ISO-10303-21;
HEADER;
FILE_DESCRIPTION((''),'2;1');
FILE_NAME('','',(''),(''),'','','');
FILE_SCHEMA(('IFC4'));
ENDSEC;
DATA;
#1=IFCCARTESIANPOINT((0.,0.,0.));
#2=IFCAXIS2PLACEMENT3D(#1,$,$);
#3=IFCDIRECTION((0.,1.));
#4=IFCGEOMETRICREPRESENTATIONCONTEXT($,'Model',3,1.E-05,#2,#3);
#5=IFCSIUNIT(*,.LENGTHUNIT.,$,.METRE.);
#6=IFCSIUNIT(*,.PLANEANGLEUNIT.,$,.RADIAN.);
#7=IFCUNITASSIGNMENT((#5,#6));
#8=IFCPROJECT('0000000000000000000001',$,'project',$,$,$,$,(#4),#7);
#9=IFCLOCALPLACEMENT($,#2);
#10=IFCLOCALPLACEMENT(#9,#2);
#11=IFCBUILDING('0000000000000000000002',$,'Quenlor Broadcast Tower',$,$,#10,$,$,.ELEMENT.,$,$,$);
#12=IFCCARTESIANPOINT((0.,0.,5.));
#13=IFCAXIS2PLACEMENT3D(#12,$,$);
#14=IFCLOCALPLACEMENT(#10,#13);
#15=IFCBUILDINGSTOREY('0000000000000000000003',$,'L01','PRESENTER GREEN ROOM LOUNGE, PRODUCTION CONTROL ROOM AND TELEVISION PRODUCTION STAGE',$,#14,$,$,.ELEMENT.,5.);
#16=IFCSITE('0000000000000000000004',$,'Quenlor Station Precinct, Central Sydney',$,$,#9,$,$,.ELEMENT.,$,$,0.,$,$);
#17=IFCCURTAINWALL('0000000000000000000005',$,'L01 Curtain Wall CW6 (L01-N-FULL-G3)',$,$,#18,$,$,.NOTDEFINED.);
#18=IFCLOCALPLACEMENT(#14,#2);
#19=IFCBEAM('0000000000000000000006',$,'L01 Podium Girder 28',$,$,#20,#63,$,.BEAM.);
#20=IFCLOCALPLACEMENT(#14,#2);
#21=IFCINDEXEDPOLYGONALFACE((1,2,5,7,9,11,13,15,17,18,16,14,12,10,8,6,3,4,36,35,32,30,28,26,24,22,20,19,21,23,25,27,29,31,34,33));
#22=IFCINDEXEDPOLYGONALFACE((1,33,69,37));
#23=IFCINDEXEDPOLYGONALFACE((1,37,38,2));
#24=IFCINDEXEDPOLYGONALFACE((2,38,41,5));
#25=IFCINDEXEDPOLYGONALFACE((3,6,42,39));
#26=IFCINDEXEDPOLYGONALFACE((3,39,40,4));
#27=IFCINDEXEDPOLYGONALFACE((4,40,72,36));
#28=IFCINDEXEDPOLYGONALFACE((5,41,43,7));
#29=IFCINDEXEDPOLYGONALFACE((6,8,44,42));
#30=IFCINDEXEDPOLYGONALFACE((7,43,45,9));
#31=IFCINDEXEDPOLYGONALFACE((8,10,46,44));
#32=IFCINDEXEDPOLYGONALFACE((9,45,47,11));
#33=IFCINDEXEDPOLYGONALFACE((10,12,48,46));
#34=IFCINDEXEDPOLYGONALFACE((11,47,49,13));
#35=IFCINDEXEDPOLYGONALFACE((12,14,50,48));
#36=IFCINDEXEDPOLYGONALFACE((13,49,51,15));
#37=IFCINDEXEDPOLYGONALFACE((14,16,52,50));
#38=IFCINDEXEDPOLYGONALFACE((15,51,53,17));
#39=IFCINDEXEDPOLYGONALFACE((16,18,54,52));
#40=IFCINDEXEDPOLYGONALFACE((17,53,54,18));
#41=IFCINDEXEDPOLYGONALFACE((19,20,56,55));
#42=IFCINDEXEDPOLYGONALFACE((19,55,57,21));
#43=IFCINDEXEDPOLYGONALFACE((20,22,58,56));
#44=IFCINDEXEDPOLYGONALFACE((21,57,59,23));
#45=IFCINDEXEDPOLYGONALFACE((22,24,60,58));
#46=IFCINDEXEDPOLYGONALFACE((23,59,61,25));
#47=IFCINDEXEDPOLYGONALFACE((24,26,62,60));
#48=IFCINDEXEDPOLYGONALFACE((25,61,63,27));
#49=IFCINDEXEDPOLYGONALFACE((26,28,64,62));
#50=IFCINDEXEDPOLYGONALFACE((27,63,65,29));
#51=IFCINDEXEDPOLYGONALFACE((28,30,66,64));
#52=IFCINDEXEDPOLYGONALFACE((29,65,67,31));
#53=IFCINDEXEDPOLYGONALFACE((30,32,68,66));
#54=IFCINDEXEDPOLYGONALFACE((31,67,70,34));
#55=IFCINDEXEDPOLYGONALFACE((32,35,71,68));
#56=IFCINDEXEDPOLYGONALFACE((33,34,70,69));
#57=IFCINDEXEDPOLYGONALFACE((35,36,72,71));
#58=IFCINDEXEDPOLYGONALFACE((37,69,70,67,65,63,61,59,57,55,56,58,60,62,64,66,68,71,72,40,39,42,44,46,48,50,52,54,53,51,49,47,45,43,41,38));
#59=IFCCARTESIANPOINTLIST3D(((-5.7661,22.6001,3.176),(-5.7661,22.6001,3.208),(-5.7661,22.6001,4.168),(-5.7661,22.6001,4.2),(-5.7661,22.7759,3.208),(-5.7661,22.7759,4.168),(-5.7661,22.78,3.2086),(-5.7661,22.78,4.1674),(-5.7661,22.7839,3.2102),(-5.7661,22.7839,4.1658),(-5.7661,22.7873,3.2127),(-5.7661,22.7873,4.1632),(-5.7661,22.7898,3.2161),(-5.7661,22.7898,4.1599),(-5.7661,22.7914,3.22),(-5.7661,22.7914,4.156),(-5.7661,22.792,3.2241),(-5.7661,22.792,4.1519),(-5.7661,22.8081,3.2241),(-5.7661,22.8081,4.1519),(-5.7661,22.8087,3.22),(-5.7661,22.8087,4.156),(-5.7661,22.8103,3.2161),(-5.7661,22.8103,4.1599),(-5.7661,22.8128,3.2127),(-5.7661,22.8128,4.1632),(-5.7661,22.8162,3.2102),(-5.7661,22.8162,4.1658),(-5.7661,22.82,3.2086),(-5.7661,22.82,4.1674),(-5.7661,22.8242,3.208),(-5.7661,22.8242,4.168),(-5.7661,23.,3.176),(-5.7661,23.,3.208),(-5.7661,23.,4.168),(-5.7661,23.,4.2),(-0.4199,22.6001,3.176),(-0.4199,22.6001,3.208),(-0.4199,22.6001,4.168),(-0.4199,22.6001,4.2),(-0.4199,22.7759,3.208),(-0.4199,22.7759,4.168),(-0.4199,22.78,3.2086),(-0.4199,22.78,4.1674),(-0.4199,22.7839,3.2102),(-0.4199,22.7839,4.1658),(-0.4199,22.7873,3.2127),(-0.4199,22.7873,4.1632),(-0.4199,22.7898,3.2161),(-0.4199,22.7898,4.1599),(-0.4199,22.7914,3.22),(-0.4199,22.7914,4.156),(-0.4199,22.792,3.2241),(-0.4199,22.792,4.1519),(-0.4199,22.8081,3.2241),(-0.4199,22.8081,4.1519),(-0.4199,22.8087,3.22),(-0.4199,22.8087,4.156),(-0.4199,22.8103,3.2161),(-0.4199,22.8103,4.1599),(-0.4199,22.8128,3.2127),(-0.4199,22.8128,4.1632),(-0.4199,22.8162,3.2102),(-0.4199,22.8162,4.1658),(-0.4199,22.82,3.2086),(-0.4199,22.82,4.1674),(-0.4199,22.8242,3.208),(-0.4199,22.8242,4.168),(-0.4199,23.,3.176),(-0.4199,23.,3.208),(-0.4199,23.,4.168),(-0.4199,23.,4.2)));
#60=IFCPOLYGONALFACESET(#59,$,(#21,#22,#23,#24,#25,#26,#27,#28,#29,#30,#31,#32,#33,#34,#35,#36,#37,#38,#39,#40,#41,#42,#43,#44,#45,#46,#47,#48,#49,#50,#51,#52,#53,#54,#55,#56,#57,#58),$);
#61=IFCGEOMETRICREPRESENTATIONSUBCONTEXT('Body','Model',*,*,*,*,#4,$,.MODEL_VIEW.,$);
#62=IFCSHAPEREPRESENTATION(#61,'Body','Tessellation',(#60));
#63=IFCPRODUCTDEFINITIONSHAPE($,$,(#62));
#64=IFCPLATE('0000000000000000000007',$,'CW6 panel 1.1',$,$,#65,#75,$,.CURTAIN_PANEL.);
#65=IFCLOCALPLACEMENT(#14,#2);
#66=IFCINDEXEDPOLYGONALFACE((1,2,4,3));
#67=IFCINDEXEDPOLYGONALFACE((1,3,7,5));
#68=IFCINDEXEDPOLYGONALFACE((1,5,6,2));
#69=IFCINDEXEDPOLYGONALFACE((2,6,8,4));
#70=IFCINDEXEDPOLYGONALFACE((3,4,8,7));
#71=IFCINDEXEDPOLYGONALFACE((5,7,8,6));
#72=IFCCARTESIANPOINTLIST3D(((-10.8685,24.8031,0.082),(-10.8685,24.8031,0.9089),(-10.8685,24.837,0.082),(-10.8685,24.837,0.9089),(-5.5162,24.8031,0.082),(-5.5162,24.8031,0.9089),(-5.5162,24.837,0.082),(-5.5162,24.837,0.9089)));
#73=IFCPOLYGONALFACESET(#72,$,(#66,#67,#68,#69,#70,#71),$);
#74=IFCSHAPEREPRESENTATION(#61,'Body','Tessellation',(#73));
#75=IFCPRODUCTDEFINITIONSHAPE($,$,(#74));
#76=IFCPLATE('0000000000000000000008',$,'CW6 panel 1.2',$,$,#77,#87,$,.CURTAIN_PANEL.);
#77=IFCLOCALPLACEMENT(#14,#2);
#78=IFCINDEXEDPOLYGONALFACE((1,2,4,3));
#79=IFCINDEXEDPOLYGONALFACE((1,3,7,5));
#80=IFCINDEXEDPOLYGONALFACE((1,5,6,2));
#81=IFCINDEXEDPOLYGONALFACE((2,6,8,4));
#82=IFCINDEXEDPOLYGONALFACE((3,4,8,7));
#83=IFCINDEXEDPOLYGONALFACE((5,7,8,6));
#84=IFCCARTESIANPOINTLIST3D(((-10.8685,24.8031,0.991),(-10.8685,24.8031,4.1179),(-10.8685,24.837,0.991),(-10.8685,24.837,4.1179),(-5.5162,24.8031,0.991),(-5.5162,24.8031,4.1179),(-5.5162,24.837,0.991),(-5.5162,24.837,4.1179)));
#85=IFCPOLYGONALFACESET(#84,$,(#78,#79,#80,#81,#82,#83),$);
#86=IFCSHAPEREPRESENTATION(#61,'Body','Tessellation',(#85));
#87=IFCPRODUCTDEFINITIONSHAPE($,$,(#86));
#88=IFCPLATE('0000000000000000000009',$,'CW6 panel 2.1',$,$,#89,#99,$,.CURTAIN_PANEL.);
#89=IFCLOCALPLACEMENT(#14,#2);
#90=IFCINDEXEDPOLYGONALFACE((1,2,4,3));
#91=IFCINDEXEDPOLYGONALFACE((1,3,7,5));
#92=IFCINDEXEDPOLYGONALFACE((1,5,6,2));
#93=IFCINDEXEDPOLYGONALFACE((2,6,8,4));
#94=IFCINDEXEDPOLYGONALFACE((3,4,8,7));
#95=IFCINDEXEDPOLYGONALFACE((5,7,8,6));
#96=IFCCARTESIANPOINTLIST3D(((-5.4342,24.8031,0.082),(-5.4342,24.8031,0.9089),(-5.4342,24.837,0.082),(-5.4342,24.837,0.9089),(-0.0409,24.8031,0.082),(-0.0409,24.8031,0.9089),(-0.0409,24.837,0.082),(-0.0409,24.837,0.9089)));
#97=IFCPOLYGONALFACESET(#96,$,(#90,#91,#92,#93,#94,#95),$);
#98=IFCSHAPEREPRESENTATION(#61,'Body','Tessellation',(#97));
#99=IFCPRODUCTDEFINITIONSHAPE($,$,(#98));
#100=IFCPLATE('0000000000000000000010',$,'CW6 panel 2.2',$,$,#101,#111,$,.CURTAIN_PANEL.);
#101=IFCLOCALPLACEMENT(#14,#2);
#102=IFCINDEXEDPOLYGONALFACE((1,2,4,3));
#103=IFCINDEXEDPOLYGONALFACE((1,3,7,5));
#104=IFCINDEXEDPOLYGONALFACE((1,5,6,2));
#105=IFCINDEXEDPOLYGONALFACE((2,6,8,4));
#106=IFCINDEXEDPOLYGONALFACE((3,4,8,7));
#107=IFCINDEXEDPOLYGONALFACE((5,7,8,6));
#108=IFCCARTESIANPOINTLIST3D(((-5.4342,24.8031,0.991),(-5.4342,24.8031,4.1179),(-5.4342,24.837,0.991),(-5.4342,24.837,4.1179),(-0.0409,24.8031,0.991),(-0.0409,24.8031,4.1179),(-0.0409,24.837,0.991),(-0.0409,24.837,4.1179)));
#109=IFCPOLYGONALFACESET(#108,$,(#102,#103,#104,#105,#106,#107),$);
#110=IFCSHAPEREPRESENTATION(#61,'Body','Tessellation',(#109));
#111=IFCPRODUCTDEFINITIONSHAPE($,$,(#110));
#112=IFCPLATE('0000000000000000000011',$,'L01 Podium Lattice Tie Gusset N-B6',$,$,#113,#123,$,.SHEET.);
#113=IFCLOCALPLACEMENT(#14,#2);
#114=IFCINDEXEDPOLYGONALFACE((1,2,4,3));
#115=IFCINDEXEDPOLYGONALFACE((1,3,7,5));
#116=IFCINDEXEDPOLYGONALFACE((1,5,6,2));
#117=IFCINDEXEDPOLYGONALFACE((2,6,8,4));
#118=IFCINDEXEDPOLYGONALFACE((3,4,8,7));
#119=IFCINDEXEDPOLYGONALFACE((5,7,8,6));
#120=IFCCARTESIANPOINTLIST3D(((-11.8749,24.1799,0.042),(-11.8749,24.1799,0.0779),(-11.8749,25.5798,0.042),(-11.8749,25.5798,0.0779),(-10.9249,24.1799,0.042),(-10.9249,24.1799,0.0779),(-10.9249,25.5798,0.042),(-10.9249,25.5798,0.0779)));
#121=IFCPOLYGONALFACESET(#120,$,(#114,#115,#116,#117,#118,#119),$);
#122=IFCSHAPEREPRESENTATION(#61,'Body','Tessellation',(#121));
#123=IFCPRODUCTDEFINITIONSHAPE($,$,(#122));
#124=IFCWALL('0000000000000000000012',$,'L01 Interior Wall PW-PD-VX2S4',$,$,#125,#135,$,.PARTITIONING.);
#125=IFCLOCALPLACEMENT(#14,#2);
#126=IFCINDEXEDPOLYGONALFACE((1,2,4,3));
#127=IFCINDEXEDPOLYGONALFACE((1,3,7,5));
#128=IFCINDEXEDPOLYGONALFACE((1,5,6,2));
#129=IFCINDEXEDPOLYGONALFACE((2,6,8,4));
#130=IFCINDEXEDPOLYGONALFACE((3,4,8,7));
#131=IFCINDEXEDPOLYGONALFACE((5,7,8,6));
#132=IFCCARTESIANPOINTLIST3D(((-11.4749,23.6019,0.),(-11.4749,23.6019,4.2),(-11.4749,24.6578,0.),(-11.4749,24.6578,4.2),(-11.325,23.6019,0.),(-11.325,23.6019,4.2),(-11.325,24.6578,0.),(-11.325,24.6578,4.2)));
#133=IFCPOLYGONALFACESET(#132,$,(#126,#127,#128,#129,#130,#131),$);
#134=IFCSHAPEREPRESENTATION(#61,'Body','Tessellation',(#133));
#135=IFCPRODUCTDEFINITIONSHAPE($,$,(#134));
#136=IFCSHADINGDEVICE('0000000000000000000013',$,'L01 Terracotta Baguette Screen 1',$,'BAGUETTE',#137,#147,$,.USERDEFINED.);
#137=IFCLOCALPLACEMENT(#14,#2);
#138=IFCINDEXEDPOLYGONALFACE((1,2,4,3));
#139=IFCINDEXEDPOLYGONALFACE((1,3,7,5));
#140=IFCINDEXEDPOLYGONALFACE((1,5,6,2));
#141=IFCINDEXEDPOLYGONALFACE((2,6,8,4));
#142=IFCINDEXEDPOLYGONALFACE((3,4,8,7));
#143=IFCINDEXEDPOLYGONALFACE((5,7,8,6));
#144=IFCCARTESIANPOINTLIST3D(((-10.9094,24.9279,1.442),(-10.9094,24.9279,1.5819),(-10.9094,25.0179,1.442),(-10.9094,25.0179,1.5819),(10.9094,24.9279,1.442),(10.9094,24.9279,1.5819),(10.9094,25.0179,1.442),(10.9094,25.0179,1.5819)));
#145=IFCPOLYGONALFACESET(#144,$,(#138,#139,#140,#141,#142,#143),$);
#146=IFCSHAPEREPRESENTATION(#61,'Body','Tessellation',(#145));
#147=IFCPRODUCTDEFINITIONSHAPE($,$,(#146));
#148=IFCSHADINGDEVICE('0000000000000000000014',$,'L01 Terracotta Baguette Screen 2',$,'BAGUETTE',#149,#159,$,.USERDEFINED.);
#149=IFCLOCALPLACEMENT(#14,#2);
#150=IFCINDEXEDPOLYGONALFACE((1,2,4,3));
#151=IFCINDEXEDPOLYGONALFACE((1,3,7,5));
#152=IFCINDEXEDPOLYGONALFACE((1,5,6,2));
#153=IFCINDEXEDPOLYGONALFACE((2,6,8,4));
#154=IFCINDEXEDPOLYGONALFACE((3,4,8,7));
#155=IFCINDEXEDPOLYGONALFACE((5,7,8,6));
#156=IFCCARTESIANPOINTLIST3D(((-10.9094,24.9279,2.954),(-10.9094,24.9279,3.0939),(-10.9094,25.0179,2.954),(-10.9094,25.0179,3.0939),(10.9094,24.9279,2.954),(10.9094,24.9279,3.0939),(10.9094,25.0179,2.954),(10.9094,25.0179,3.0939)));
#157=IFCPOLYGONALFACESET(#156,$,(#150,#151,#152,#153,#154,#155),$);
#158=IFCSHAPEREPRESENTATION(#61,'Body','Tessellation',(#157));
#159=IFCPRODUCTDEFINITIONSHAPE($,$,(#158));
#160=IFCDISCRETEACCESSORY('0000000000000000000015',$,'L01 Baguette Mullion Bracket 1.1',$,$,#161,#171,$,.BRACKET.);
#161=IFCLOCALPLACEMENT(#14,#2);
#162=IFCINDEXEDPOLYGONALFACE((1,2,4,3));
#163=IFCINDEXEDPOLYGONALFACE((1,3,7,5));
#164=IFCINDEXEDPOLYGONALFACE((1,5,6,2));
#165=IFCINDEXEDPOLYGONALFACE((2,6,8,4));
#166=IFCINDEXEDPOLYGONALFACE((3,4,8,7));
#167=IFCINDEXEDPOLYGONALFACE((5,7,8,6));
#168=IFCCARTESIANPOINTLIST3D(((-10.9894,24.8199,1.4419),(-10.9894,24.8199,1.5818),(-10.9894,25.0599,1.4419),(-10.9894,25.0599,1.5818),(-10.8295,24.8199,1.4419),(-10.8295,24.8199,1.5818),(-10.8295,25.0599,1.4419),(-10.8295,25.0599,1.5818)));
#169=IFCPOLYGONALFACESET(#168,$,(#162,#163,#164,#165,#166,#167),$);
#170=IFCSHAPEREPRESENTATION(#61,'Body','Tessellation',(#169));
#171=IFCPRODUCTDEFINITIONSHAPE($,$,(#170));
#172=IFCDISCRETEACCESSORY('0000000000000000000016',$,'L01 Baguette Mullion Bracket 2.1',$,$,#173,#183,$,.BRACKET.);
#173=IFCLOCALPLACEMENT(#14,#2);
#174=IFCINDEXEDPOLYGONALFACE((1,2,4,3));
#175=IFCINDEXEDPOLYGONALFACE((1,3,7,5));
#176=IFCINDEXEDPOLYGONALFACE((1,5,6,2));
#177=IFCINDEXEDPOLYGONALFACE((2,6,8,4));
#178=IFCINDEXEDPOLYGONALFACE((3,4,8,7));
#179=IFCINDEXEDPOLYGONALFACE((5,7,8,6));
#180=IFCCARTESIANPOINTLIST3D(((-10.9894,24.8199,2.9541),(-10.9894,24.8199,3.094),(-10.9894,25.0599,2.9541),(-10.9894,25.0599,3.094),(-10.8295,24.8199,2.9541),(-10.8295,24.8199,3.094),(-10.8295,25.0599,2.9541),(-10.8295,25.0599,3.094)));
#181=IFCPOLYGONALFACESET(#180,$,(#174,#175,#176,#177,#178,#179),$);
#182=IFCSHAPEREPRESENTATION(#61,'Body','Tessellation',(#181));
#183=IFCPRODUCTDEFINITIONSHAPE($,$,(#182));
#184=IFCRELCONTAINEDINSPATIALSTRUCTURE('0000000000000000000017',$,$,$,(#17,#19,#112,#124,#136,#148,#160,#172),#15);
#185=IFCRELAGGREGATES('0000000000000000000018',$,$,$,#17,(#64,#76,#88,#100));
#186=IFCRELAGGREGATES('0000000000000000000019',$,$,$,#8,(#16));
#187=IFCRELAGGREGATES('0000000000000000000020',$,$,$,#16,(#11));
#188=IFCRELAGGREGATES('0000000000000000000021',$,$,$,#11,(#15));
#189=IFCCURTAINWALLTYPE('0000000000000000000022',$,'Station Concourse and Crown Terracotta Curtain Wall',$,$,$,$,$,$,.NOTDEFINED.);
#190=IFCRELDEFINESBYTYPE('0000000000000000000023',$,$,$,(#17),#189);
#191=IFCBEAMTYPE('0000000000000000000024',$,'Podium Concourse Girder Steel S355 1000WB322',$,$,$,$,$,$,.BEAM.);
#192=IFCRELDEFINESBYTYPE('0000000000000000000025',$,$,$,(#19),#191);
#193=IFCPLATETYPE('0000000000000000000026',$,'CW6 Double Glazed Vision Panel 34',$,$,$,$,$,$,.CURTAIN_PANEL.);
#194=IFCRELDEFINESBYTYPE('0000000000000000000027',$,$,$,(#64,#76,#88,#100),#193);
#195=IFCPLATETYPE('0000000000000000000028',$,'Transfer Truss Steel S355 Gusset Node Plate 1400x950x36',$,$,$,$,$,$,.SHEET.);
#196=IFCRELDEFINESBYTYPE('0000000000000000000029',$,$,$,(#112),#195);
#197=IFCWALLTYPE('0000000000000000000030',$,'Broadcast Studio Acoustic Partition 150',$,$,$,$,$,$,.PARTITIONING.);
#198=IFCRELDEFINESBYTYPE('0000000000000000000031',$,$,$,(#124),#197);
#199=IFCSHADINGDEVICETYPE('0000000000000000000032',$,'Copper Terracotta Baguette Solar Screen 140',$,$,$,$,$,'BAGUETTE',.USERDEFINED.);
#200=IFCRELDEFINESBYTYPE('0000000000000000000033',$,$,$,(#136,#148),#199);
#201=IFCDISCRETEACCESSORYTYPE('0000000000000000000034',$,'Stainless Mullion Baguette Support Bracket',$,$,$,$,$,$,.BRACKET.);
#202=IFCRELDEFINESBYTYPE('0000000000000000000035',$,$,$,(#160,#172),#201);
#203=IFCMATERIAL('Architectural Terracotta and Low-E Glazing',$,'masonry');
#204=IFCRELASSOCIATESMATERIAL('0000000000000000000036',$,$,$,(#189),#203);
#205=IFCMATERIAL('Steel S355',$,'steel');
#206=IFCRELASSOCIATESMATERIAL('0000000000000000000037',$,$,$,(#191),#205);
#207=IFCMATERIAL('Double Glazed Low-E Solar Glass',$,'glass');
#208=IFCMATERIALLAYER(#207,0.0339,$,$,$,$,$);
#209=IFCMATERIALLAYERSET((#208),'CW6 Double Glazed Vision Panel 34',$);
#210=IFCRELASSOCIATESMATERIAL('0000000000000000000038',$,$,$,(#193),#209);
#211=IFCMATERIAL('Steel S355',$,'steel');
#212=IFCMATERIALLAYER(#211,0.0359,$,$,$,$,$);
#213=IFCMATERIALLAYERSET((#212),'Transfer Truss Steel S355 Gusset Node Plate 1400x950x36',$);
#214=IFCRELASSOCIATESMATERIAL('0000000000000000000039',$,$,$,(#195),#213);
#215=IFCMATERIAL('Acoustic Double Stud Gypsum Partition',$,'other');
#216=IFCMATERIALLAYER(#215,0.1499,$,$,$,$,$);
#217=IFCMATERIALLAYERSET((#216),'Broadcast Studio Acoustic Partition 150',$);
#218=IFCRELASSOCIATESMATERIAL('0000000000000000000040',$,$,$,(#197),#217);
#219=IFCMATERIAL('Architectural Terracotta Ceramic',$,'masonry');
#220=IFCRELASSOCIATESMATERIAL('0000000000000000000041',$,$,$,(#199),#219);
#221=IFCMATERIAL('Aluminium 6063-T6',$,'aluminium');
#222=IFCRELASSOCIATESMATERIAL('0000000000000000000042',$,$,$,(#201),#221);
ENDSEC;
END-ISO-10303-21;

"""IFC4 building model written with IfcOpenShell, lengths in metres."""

from ifc_helpers import new_model, si_unit, direction, frame, frame_2d, origin, origin_2d, place, context, subcontext, project, spatial, rectangle, i_section, extrude, material, layer, layer_set, material_profile, profile_set, type_object, element, aggregate, save


model = new_model("IFC4")

# Units and contexts
model_context = context("Model", 3, precision=1e-05, world=origin(), true_north=direction((0.0, 1.0)))
body_context = subcontext(model_context, "Body", "Model", "MODEL_VIEW")
ifc_project = project(units=[si_unit("LENGTHUNIT", "METRE"), si_unit("PLANEANGLEUNIT", "RADIAN")], contexts=[model_context])

# Site, building, storey
site_placement = place(None, origin())
site = spatial("IfcSite", under=ifc_project, at=site_placement, Name="Quenlor Station Precinct, Central Sydney", CompositionType="ELEMENT", RefElevation=0.0)
building_placement = place(site_placement, origin())
building = spatial("IfcBuilding", under=site, at=building_placement, Name="Quenlor Broadcast Tower", CompositionType="ELEMENT")
storey_placement = place(building_placement, frame((0.0, 0.0, 5.0)))
storey = spatial("IfcBuildingStorey", under=building, at=storey_placement, Name="L01", Description="PRESENTER GREEN ROOM LOUNGE, PRODUCTION CONTROL ROOM AND TELEVISION PRODUCTION STAGE", CompositionType="ELEMENT", Elevation=5.0)

# Curtain wall
ifc_material_1 = material(Name="Architectural Terracotta and Low-E Glazing", Category="masonry")
curtain_wall_type = type_object("IfcCurtainWallType", Name="Station Concourse and Crown Terracotta Curtain Wall", PredefinedType="NOTDEFINED", material=ifc_material_1)
curtain_wall_placement = place(storey_placement, origin())
curtain_wall = element("IfcCurtainWall", 1, at=curtain_wall_placement, inside=storey, type_object=curtain_wall_type, Name="L01 Curtain Wall CW6 (L01-N-FULL-G3)", PredefinedType="NOTDEFINED")

# Beam
ifc_material_2 = material(Name="Steel S355", Category="steel")
ifc_material_profile_1 = material_profile(ifc_material_2, i_section(OverallWidth=0.3999, OverallDepth=1.0239, WebThickness=0.0161, FlangeThickness=0.032, FilletRadius=0.0161, at=origin_2d()))
ifc_profile_set_1 = profile_set([ifc_material_profile_1], Name="Steel S355 1000WB322")
beam_type = type_object("IfcBeamType", Name="Podium Concourse Girder Steel S355 1000WB322", PredefinedType="BEAM", material=ifc_profile_set_1)
beam_placement = place(storey_placement, frame((-5.7661, 22.8, 3.688), z_axis=(1.0, 0.0, 0.0), x_axis=(0.0, 1.0, 0.0)))
element("IfcBeam", 2, at=beam_placement, inside=storey, type_object=beam_type, Name="L01 Podium Girder 28", PredefinedType="BEAM", context=body_context, shape_type="SweptSolid", body=[
    extrude(i_section(OverallWidth=0.3999, OverallDepth=1.0239, WebThickness=0.0161, FlangeThickness=0.032, FilletRadius=0.0161, at=origin_2d()), origin(), (0.0, 0.0, 1.0), 5.3462),
])

# Plates
ifc_material_3 = material(Name="Double Glazed Low-E Solar Glass", Category="glass")
ifc_layer_1 = layer(ifc_material_3, 0.0339)
ifc_layer_set_1 = layer_set([ifc_layer_1], Name="CW6 Double Glazed Vision Panel 34")
plate_type_1 = type_object("IfcPlateType", Name="CW6 Double Glazed Vision Panel 34", PredefinedType="CURTAIN_PANEL", material=ifc_layer_set_1)
plate_1_placement = place(storey_placement, frame((-8.1924, 24.8201, 0.082), z_axis=(0.0, 0.0, 1.0), x_axis=(1.0, 0.0, 0.0)))
plate_1 = element("IfcPlate", 3, at=plate_1_placement, type_object=plate_type_1, Name="CW6 panel 1.1", PredefinedType="CURTAIN_PANEL", context=body_context, shape_type="SweptSolid", body=[
    extrude(rectangle(XDim=5.3523, YDim=0.0339, at=origin_2d()), origin(), (0.0, 0.0, 1.0), 0.8269),
])
plate_2_placement = place(storey_placement, frame((-8.1924, 24.8201, 0.991), z_axis=(0.0, 0.0, 1.0), x_axis=(1.0, 0.0, 0.0)))
plate_2 = element("IfcPlate", 4, at=plate_2_placement, type_object=plate_type_1, Name="CW6 panel 1.2", PredefinedType="CURTAIN_PANEL", context=body_context, shape_type="SweptSolid", body=[
    extrude(rectangle(XDim=5.3523, YDim=0.0339, at=origin_2d()), origin(), (0.0, 0.0, 1.0), 3.127),
])
plate_3_placement = place(storey_placement, frame((-2.7375, 24.8201, 0.082), z_axis=(0.0, 0.0, 1.0), x_axis=(1.0, 0.0, 0.0)))
plate_3 = element("IfcPlate", 5, at=plate_3_placement, type_object=plate_type_1, Name="CW6 panel 2.1", PredefinedType="CURTAIN_PANEL", context=body_context, shape_type="SweptSolid", body=[
    extrude(rectangle(XDim=5.3933, YDim=0.0339, at=origin_2d()), origin(), (0.0, 0.0, 1.0), 0.8269),
])
plate_4_placement = place(storey_placement, frame((-2.7375, 24.8201, 0.991), z_axis=(0.0, 0.0, 1.0), x_axis=(1.0, 0.0, 0.0)))
plate_4 = element("IfcPlate", 6, at=plate_4_placement, type_object=plate_type_1, Name="CW6 panel 2.2", PredefinedType="CURTAIN_PANEL", context=body_context, shape_type="SweptSolid", body=[
    extrude(rectangle(XDim=5.3933, YDim=0.0339, at=origin_2d()), origin(), (0.0, 0.0, 1.0), 3.127),
])
aggregate(curtain_wall, [plate_1, plate_2, plate_3, plate_4])
ifc_material_4 = material(Name="Steel S355", Category="steel")
ifc_layer_2 = layer(ifc_material_4, 0.0359)
ifc_layer_set_2 = layer_set([ifc_layer_2], Name="Transfer Truss Steel S355 Gusset Node Plate 1400x950x36")
plate_type_2 = type_object("IfcPlateType", Name="Transfer Truss Steel S355 Gusset Node Plate 1400x950x36", PredefinedType="SHEET", material=ifc_layer_set_2)
plate_5_placement = place(storey_placement, frame((-11.3999, 24.8799, 0.042), z_axis=(0.0, 0.0, 1.0), x_axis=(0.0, 1.0, 0.0)))
element("IfcPlate", 7, at=plate_5_placement, inside=storey, type_object=plate_type_2, Name="L01 Podium Lattice Tie Gusset N-B6", PredefinedType="SHEET", context=body_context, shape_type="SweptSolid", body=[
    extrude(rectangle(XDim=1.3999, YDim=0.95, at=origin_2d()), origin(), (0.0, 0.0, 1.0), 0.0359),
])

# Wall
ifc_material_5 = material(Name="Acoustic Double Stud Gypsum Partition", Category="other")
ifc_layer_3 = layer(ifc_material_5, 0.1499)
ifc_layer_set_3 = layer_set([ifc_layer_3], Name="Broadcast Studio Acoustic Partition 150")
wall_type = type_object("IfcWallType", Name="Broadcast Studio Acoustic Partition 150", PredefinedType="PARTITIONING", material=ifc_layer_set_3)
wall_placement = place(storey_placement, frame((-11.3999, 23.6021, 0.0), z_axis=(0.0, 0.0, 1.0), x_axis=(0.0, 1.0, 0.0)))
element("IfcWall", 8, at=wall_placement, inside=storey, type_object=wall_type, Name="L01 Interior Wall PW-PD-VX2S4", PredefinedType="PARTITIONING", context=body_context, shape_type="SweptSolid", body=[
    extrude(rectangle(XDim=1.0559, YDim=0.1499, at=frame_2d((0.5278, 0.0))), origin(), (0.0, 0.0, 1.0), 4.2),
])

# Shading devices
ifc_material_6 = material(Name="Architectural Terracotta Ceramic", Category="masonry")
ifc_material_profile_2 = material_profile(ifc_material_6, rectangle(XDim=0.0901, YDim=0.1399, at=origin_2d()))
ifc_profile_set_2 = profile_set([ifc_material_profile_2], Name="Architectural Terracotta Ceramic BAG90x140")
shading_device_type = type_object("IfcShadingDeviceType", Name="Copper Terracotta Baguette Solar Screen 140", ElementType="BAGUETTE", PredefinedType="USERDEFINED", material=ifc_profile_set_2)
for number, where, z_axis, x_axis, name in (
    (9, (-10.9094, 24.9729, 1.512), (1.0, 0.0, 0.0), (0.0, 1.0, 0.0), "L01 Terracotta Baguette Screen 1"),
    (10, (-10.9094, 24.9729, 3.0239), (1.0, 0.0, 0.0), (0.0, 1.0, 0.0), "L01 Terracotta Baguette Screen 2"),
):
    element("IfcShadingDevice", number, at=place(storey_placement, frame(where, z_axis=z_axis, x_axis=x_axis)), inside=storey, type_object=shading_device_type, Name=name, ObjectType="BAGUETTE", PredefinedType="USERDEFINED", context=body_context, shape_type="SweptSolid", body=[
        extrude(rectangle(XDim=0.0901, YDim=0.1399, at=origin_2d()), origin(), (0.0, 0.0, 1.0), 21.8188),
    ])

# Discrete accessories
ifc_material_7 = material(Name="Aluminium 6063-T6", Category="aluminium")
discrete_accessory_type = type_object("IfcDiscreteAccessoryType", Name="Stainless Mullion Baguette Support Bracket", PredefinedType="BRACKET", material=ifc_material_7)
for number, where, z_axis, x_axis, name in (
    (11, (-10.9094, 24.9399, 1.4419), (0.0, 0.0, 1.0), (1.0, 0.0, 0.0), "L01 Baguette Mullion Bracket 1.1"),
    (12, (-10.9094, 24.9399, 2.9541), (0.0, 0.0, 1.0), (1.0, 0.0, 0.0), "L01 Baguette Mullion Bracket 2.1"),
):
    element("IfcDiscreteAccessory", number, at=place(storey_placement, frame(where, z_axis=z_axis, x_axis=x_axis)), inside=storey, type_object=discrete_accessory_type, Name=name, PredefinedType="BRACKET", context=body_context, shape_type="SweptSolid", body=[
        extrude(rectangle(XDim=0.1599, YDim=0.24, at=origin_2d()), origin(), (0.0, 0.0, 1.0), 0.1399),
    ])

save(model, "model.ifc")
